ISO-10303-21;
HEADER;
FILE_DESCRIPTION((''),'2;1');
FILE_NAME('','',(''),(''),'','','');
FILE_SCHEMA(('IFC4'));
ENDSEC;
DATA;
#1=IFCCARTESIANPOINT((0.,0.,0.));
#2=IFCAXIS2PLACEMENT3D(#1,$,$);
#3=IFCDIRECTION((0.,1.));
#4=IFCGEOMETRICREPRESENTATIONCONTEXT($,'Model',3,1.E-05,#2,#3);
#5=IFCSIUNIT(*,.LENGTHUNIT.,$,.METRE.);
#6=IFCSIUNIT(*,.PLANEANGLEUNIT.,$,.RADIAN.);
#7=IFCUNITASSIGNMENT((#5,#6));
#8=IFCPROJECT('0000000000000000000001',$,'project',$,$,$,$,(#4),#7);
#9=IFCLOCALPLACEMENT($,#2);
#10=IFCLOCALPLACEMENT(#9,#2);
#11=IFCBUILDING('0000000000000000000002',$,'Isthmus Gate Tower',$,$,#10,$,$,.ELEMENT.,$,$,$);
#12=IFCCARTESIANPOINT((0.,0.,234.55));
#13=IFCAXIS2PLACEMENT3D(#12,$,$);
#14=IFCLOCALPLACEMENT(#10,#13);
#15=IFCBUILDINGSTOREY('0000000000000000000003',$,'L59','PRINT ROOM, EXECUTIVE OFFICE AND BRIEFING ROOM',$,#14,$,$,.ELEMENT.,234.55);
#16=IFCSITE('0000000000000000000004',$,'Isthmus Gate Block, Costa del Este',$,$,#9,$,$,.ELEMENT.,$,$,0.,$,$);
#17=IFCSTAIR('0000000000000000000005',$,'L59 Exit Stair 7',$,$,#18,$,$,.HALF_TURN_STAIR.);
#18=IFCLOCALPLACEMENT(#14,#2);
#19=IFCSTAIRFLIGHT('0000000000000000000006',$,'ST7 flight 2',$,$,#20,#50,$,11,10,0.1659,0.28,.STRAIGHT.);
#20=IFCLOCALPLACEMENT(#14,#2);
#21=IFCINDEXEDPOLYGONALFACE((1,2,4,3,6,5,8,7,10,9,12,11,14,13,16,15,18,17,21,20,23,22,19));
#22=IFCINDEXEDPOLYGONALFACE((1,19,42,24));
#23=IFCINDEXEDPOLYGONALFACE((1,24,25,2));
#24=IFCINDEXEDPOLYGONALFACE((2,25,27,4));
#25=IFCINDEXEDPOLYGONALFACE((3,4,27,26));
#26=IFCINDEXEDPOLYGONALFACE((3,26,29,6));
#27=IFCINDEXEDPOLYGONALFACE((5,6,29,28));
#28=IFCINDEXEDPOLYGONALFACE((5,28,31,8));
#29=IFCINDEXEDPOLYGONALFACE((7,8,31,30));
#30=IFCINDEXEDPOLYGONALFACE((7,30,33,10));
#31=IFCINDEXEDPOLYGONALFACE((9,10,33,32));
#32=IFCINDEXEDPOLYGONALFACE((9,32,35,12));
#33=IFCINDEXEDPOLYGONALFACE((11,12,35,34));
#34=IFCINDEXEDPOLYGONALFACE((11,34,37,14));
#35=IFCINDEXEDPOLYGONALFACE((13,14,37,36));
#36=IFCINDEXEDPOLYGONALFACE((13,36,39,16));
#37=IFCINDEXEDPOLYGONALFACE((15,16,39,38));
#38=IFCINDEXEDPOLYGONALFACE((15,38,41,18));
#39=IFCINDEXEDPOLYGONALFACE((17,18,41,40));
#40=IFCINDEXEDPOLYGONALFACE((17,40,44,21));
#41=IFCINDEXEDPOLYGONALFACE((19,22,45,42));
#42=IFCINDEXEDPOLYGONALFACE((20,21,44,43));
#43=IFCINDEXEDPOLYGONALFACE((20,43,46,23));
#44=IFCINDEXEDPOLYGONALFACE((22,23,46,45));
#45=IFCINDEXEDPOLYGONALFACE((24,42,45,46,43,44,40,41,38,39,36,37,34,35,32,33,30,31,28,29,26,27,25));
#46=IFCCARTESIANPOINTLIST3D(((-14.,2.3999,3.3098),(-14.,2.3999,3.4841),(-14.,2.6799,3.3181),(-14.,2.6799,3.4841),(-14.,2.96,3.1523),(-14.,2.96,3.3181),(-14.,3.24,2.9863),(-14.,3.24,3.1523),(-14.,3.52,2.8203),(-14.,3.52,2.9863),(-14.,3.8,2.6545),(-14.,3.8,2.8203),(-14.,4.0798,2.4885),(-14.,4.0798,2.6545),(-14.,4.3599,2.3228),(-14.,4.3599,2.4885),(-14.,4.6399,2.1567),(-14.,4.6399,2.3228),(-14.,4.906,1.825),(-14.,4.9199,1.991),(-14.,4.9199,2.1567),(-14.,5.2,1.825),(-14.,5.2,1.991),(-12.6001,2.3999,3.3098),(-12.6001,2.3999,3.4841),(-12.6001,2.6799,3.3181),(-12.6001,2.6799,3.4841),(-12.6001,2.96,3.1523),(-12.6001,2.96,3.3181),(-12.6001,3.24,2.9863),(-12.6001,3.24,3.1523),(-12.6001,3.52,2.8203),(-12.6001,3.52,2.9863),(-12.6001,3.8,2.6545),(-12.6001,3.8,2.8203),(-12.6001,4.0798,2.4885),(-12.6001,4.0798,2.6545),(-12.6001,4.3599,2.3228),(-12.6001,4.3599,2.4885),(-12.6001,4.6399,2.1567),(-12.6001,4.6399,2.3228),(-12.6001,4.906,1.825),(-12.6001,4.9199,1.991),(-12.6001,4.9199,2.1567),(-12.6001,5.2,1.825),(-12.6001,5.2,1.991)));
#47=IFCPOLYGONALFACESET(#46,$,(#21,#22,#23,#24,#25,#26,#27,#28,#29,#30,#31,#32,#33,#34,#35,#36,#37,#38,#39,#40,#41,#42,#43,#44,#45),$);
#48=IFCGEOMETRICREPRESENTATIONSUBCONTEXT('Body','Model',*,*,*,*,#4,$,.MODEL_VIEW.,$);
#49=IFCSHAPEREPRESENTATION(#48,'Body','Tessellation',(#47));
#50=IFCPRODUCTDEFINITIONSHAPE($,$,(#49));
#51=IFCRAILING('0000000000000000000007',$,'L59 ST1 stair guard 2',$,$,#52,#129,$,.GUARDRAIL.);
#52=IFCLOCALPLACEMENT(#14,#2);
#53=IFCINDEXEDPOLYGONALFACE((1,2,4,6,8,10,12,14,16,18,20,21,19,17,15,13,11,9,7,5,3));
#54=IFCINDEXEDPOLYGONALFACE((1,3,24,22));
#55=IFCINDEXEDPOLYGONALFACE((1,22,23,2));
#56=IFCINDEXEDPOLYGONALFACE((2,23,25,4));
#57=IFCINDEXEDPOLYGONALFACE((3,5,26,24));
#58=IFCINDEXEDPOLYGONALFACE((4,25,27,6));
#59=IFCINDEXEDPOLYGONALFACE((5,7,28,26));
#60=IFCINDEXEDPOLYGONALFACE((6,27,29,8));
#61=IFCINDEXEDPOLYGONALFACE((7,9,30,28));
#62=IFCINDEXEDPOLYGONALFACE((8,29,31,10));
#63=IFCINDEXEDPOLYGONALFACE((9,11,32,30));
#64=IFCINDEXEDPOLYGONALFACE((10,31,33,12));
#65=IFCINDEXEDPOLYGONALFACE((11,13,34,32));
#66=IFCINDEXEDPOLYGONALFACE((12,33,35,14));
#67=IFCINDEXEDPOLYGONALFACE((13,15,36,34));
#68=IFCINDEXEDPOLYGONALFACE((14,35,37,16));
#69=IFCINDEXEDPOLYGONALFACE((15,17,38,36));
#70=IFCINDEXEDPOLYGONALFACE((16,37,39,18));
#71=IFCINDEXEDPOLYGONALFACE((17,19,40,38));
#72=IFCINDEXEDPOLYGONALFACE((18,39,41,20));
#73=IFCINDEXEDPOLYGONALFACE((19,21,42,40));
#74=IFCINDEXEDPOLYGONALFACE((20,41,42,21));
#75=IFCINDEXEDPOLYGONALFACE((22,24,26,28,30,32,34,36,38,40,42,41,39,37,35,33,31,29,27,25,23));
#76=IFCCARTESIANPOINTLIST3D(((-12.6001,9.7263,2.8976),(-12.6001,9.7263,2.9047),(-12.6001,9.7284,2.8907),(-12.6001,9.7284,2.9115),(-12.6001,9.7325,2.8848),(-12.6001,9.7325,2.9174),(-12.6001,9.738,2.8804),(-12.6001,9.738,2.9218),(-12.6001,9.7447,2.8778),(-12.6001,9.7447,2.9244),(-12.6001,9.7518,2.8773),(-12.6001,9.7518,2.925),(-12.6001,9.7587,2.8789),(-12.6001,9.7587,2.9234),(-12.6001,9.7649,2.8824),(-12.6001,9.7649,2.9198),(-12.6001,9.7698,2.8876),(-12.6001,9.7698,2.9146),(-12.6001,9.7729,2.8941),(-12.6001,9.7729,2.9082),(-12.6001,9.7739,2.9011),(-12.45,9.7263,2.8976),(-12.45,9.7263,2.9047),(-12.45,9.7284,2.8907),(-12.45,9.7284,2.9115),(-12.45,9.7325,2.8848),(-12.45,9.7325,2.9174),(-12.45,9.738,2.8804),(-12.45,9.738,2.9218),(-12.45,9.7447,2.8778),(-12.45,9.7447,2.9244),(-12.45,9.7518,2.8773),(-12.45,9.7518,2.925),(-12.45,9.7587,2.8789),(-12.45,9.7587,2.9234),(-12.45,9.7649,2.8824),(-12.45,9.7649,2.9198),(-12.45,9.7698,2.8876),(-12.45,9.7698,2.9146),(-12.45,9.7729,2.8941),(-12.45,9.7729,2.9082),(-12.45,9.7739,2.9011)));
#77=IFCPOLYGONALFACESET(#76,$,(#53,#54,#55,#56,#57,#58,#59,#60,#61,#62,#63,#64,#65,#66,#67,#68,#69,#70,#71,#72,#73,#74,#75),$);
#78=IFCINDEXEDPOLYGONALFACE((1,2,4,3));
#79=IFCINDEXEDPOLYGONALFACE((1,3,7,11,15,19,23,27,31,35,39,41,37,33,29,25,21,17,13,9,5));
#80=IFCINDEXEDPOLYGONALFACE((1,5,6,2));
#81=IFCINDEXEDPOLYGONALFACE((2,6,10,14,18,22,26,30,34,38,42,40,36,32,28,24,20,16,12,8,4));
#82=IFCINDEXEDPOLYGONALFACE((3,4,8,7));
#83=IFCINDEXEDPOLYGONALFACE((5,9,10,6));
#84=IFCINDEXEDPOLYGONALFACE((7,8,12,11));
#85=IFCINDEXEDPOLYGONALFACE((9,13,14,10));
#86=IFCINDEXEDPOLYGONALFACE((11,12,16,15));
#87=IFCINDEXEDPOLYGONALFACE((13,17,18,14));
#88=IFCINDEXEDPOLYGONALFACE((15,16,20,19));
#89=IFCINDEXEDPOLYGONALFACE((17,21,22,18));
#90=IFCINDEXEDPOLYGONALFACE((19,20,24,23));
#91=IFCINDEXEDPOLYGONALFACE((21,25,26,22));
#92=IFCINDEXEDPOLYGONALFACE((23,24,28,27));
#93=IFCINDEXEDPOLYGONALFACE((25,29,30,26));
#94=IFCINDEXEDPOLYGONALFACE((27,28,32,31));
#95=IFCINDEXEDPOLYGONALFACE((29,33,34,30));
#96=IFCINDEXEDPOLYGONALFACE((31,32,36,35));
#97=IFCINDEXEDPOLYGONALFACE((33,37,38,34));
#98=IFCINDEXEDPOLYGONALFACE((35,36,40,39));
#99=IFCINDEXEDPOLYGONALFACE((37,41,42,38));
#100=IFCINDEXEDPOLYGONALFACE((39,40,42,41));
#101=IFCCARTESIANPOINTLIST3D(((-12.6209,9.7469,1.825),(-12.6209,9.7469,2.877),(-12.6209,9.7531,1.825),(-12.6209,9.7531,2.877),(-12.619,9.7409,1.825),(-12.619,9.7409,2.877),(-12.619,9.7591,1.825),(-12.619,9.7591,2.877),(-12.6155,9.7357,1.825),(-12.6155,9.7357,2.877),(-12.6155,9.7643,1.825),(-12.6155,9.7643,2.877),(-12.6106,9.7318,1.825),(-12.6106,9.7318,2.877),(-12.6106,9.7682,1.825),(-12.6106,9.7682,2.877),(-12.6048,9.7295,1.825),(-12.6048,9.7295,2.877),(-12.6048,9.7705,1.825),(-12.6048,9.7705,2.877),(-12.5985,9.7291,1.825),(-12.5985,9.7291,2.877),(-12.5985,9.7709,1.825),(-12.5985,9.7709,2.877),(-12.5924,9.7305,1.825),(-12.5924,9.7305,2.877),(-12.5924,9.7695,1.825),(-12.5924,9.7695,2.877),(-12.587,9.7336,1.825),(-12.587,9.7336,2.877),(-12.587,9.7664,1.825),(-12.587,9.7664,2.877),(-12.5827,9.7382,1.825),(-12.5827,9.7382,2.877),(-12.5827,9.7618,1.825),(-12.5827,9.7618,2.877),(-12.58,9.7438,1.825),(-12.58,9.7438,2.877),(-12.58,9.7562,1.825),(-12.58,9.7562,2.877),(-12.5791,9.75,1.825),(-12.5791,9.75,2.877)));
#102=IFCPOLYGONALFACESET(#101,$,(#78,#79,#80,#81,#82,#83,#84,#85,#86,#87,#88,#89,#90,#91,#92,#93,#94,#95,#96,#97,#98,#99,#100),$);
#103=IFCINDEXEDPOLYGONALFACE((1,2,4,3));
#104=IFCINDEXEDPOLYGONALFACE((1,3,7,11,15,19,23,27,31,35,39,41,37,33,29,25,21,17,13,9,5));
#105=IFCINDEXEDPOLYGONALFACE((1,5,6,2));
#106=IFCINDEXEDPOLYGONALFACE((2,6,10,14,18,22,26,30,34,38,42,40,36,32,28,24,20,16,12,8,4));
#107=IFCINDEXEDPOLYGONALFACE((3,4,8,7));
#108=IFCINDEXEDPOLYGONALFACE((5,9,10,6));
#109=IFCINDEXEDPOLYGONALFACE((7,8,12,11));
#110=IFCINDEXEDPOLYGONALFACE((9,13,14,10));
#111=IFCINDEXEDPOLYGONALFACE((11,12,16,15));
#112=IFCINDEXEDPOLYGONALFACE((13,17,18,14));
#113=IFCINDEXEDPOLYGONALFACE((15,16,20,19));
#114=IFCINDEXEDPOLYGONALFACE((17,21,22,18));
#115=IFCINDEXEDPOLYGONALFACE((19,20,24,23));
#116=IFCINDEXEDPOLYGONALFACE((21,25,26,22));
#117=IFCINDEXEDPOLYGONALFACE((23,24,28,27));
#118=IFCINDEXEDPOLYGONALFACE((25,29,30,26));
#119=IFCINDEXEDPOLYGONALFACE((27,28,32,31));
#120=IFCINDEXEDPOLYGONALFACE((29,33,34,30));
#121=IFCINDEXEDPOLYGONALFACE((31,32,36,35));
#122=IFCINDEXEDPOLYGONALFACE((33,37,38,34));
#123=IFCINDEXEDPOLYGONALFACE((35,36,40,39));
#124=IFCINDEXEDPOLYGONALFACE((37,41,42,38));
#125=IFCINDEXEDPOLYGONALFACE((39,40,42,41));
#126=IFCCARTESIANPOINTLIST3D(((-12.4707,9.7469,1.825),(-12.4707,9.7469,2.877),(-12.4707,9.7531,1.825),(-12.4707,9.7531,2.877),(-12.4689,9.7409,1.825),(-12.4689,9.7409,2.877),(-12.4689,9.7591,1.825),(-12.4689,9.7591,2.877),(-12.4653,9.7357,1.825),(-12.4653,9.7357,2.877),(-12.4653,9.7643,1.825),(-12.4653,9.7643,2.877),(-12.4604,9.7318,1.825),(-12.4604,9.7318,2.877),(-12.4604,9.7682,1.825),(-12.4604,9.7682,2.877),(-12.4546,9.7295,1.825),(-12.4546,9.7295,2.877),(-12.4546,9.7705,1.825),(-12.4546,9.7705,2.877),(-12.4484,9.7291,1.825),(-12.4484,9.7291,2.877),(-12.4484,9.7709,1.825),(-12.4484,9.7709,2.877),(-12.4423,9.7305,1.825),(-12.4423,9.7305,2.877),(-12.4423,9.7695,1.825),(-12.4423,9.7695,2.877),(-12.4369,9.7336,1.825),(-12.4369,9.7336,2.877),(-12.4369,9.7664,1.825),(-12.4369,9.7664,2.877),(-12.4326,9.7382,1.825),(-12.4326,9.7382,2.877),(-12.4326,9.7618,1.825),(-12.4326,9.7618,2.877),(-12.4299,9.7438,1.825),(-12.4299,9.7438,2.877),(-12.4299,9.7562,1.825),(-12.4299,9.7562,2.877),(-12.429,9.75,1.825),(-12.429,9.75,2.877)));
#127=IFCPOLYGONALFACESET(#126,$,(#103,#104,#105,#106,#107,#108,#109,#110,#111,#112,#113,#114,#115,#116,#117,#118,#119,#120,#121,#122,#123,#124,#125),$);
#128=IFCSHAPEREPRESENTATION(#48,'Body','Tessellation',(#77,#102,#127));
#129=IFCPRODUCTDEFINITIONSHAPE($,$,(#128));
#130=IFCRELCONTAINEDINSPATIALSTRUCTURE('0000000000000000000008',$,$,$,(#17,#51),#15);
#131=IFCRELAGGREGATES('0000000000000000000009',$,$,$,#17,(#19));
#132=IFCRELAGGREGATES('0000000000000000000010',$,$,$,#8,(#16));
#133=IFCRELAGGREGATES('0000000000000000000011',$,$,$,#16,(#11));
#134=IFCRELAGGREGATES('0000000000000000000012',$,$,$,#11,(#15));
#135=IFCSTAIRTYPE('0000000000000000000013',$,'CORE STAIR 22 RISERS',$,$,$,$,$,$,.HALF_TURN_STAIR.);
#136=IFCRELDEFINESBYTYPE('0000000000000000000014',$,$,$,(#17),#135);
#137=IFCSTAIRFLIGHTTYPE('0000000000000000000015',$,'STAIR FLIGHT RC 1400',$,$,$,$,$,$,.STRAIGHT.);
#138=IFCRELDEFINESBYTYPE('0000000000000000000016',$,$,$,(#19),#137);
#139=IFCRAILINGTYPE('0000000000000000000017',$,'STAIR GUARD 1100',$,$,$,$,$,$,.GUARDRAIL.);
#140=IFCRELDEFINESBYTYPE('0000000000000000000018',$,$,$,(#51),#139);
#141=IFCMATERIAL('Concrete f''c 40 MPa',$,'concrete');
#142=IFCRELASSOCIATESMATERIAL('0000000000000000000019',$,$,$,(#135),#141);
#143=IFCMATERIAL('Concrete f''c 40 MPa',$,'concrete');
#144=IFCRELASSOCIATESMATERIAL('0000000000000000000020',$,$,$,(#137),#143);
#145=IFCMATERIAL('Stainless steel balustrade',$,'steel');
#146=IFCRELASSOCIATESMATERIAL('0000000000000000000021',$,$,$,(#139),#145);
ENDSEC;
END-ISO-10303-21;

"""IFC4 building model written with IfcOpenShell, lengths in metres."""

from ifc_helpers import new_model, si_unit, direction, frame, origin, origin_2d, place, context, subcontext, project, spatial, polyline, circle, outline, extrude, material, type_object, element, aggregate, save


model = new_model("IFC4")

# Units and contexts
model_context = context("Model", 3, precision=1e-05, world=origin(), true_north=direction((0.0, 1.0)))
body_context = subcontext(model_context, "Body", "Model", "MODEL_VIEW")
ifc_project = project(units=[si_unit("LENGTHUNIT", "METRE"), si_unit("PLANEANGLEUNIT", "RADIAN")], contexts=[model_context])

# Site, building, storey
site_placement = place(None, origin())
site = spatial("IfcSite", under=ifc_project, at=site_placement, Name="Isthmus Gate Block, Costa del Este", CompositionType="ELEMENT", RefElevation=0.0)
building_placement = place(site_placement, origin())
building = spatial("IfcBuilding", under=site, at=building_placement, Name="Isthmus Gate Tower", CompositionType="ELEMENT")
storey_placement = place(building_placement, frame((0.0, 0.0, 234.55)))
storey = spatial("IfcBuildingStorey", under=building, at=storey_placement, Name="L59", Description="PRINT ROOM, EXECUTIVE OFFICE AND BRIEFING ROOM", CompositionType="ELEMENT", Elevation=234.55)

# Stair, stair flight
ifc_material_1 = material(Name="Concrete f'c 40 MPa", Category="concrete")
stair_type = type_object("IfcStairType", Name="CORE STAIR 22 RISERS", PredefinedType="HALF_TURN_STAIR", material=ifc_material_1)
ifc_material_2 = material(Name="Concrete f'c 40 MPa", Category="concrete")
stair_flight_type = type_object("IfcStairFlightType", Name="STAIR FLIGHT RC 1400", PredefinedType="STRAIGHT", material=ifc_material_2)
stair_1_placement = place(storey_placement, origin())
stair_1 = element("IfcStair", 1, at=stair_1_placement, inside=storey, type_object=stair_type, Name="L59 Exit Stair 7", PredefinedType="HALF_TURN_STAIR")
stair_flight_1_placement = place(storey_placement, frame((-13.3, 5.2, 1.825), z_axis=(0.0, 0.0, 1.0), x_axis=(0.0, -1.0, 0.0)))
stair_flight_1 = element("IfcStairFlight", 2, at=stair_flight_1_placement, type_object=stair_flight_type, Name="ST7 flight 2", NumberOfRisers=11, NumberOfTreads=10, PredefinedType="STRAIGHT", RiserHeight=0.1659, TreadLength=0.28, context=body_context, shape_type="SweptSolid", body=[
    extrude(outline(polyline([(0.0, 0.0), (0.0, 0.166), (0.28, 0.166), (0.28, 0.3318), (0.5601, 0.3318), (0.5601, 0.4978), (0.8401, 0.4978), (0.8401, 0.6636), (1.1201, 0.6636), (1.1201, 0.8296), (1.3999, 0.8296), (1.3999, 0.9954), (1.6799, 0.9954), (1.6799, 1.1614), (1.96, 1.1614), (1.96, 1.3274), (2.24, 1.3274), (2.24, 1.4932), (2.52, 1.4932), (2.52, 1.6592), (2.8, 1.6592), (2.8, 1.825), (2.8, 1.4849), (0.2939, 0.0), (0.0, 0.0)])), frame((0.0, 0.7, 0.0), z_axis=(0.0, -1.0, 0.0), x_axis=(1.0, 0.0, 0.0)), (0.0, 0.0, 1.0), 1.3999),
])
aggregate(stair_1, [stair_flight_1])

# Railing
ifc_material_3 = material(Name="Stainless steel balustrade", Category="steel")
railing_type_1 = type_object("IfcRailingType", Name="STAIR GUARD 1100", PredefinedType="GUARDRAIL", material=ifc_material_3)
railing_1_placement = place(storey_placement, frame((-12.6001, 9.75, 1.825)))
element("IfcRailing", 3, at=railing_1_placement, inside=storey, type_object=railing_type_1, Name="L59 ST1 stair guard 2", PredefinedType="GUARDRAIL", context=body_context, shape_type="SweptSolid", body=[
    extrude(circle(Radius=0.0239, at=origin_2d()), frame((0.0, 0.0, 1.0762), z_axis=(1.0, 0.0, 0.0), x_axis=(0.0, 1.0, 0.0)), (0.0, 0.0, 1.0), 0.1501),
    extrude(circle(Radius=0.021, at=origin_2d()), origin(), (0.0, 0.0, 1.0), 1.052),
    extrude(circle(Radius=0.021, at=origin_2d()), frame((0.1501, 0.0, 0.0)), (0.0, 0.0, 1.0), 1.052),
])

save(model, "model.ifc")
